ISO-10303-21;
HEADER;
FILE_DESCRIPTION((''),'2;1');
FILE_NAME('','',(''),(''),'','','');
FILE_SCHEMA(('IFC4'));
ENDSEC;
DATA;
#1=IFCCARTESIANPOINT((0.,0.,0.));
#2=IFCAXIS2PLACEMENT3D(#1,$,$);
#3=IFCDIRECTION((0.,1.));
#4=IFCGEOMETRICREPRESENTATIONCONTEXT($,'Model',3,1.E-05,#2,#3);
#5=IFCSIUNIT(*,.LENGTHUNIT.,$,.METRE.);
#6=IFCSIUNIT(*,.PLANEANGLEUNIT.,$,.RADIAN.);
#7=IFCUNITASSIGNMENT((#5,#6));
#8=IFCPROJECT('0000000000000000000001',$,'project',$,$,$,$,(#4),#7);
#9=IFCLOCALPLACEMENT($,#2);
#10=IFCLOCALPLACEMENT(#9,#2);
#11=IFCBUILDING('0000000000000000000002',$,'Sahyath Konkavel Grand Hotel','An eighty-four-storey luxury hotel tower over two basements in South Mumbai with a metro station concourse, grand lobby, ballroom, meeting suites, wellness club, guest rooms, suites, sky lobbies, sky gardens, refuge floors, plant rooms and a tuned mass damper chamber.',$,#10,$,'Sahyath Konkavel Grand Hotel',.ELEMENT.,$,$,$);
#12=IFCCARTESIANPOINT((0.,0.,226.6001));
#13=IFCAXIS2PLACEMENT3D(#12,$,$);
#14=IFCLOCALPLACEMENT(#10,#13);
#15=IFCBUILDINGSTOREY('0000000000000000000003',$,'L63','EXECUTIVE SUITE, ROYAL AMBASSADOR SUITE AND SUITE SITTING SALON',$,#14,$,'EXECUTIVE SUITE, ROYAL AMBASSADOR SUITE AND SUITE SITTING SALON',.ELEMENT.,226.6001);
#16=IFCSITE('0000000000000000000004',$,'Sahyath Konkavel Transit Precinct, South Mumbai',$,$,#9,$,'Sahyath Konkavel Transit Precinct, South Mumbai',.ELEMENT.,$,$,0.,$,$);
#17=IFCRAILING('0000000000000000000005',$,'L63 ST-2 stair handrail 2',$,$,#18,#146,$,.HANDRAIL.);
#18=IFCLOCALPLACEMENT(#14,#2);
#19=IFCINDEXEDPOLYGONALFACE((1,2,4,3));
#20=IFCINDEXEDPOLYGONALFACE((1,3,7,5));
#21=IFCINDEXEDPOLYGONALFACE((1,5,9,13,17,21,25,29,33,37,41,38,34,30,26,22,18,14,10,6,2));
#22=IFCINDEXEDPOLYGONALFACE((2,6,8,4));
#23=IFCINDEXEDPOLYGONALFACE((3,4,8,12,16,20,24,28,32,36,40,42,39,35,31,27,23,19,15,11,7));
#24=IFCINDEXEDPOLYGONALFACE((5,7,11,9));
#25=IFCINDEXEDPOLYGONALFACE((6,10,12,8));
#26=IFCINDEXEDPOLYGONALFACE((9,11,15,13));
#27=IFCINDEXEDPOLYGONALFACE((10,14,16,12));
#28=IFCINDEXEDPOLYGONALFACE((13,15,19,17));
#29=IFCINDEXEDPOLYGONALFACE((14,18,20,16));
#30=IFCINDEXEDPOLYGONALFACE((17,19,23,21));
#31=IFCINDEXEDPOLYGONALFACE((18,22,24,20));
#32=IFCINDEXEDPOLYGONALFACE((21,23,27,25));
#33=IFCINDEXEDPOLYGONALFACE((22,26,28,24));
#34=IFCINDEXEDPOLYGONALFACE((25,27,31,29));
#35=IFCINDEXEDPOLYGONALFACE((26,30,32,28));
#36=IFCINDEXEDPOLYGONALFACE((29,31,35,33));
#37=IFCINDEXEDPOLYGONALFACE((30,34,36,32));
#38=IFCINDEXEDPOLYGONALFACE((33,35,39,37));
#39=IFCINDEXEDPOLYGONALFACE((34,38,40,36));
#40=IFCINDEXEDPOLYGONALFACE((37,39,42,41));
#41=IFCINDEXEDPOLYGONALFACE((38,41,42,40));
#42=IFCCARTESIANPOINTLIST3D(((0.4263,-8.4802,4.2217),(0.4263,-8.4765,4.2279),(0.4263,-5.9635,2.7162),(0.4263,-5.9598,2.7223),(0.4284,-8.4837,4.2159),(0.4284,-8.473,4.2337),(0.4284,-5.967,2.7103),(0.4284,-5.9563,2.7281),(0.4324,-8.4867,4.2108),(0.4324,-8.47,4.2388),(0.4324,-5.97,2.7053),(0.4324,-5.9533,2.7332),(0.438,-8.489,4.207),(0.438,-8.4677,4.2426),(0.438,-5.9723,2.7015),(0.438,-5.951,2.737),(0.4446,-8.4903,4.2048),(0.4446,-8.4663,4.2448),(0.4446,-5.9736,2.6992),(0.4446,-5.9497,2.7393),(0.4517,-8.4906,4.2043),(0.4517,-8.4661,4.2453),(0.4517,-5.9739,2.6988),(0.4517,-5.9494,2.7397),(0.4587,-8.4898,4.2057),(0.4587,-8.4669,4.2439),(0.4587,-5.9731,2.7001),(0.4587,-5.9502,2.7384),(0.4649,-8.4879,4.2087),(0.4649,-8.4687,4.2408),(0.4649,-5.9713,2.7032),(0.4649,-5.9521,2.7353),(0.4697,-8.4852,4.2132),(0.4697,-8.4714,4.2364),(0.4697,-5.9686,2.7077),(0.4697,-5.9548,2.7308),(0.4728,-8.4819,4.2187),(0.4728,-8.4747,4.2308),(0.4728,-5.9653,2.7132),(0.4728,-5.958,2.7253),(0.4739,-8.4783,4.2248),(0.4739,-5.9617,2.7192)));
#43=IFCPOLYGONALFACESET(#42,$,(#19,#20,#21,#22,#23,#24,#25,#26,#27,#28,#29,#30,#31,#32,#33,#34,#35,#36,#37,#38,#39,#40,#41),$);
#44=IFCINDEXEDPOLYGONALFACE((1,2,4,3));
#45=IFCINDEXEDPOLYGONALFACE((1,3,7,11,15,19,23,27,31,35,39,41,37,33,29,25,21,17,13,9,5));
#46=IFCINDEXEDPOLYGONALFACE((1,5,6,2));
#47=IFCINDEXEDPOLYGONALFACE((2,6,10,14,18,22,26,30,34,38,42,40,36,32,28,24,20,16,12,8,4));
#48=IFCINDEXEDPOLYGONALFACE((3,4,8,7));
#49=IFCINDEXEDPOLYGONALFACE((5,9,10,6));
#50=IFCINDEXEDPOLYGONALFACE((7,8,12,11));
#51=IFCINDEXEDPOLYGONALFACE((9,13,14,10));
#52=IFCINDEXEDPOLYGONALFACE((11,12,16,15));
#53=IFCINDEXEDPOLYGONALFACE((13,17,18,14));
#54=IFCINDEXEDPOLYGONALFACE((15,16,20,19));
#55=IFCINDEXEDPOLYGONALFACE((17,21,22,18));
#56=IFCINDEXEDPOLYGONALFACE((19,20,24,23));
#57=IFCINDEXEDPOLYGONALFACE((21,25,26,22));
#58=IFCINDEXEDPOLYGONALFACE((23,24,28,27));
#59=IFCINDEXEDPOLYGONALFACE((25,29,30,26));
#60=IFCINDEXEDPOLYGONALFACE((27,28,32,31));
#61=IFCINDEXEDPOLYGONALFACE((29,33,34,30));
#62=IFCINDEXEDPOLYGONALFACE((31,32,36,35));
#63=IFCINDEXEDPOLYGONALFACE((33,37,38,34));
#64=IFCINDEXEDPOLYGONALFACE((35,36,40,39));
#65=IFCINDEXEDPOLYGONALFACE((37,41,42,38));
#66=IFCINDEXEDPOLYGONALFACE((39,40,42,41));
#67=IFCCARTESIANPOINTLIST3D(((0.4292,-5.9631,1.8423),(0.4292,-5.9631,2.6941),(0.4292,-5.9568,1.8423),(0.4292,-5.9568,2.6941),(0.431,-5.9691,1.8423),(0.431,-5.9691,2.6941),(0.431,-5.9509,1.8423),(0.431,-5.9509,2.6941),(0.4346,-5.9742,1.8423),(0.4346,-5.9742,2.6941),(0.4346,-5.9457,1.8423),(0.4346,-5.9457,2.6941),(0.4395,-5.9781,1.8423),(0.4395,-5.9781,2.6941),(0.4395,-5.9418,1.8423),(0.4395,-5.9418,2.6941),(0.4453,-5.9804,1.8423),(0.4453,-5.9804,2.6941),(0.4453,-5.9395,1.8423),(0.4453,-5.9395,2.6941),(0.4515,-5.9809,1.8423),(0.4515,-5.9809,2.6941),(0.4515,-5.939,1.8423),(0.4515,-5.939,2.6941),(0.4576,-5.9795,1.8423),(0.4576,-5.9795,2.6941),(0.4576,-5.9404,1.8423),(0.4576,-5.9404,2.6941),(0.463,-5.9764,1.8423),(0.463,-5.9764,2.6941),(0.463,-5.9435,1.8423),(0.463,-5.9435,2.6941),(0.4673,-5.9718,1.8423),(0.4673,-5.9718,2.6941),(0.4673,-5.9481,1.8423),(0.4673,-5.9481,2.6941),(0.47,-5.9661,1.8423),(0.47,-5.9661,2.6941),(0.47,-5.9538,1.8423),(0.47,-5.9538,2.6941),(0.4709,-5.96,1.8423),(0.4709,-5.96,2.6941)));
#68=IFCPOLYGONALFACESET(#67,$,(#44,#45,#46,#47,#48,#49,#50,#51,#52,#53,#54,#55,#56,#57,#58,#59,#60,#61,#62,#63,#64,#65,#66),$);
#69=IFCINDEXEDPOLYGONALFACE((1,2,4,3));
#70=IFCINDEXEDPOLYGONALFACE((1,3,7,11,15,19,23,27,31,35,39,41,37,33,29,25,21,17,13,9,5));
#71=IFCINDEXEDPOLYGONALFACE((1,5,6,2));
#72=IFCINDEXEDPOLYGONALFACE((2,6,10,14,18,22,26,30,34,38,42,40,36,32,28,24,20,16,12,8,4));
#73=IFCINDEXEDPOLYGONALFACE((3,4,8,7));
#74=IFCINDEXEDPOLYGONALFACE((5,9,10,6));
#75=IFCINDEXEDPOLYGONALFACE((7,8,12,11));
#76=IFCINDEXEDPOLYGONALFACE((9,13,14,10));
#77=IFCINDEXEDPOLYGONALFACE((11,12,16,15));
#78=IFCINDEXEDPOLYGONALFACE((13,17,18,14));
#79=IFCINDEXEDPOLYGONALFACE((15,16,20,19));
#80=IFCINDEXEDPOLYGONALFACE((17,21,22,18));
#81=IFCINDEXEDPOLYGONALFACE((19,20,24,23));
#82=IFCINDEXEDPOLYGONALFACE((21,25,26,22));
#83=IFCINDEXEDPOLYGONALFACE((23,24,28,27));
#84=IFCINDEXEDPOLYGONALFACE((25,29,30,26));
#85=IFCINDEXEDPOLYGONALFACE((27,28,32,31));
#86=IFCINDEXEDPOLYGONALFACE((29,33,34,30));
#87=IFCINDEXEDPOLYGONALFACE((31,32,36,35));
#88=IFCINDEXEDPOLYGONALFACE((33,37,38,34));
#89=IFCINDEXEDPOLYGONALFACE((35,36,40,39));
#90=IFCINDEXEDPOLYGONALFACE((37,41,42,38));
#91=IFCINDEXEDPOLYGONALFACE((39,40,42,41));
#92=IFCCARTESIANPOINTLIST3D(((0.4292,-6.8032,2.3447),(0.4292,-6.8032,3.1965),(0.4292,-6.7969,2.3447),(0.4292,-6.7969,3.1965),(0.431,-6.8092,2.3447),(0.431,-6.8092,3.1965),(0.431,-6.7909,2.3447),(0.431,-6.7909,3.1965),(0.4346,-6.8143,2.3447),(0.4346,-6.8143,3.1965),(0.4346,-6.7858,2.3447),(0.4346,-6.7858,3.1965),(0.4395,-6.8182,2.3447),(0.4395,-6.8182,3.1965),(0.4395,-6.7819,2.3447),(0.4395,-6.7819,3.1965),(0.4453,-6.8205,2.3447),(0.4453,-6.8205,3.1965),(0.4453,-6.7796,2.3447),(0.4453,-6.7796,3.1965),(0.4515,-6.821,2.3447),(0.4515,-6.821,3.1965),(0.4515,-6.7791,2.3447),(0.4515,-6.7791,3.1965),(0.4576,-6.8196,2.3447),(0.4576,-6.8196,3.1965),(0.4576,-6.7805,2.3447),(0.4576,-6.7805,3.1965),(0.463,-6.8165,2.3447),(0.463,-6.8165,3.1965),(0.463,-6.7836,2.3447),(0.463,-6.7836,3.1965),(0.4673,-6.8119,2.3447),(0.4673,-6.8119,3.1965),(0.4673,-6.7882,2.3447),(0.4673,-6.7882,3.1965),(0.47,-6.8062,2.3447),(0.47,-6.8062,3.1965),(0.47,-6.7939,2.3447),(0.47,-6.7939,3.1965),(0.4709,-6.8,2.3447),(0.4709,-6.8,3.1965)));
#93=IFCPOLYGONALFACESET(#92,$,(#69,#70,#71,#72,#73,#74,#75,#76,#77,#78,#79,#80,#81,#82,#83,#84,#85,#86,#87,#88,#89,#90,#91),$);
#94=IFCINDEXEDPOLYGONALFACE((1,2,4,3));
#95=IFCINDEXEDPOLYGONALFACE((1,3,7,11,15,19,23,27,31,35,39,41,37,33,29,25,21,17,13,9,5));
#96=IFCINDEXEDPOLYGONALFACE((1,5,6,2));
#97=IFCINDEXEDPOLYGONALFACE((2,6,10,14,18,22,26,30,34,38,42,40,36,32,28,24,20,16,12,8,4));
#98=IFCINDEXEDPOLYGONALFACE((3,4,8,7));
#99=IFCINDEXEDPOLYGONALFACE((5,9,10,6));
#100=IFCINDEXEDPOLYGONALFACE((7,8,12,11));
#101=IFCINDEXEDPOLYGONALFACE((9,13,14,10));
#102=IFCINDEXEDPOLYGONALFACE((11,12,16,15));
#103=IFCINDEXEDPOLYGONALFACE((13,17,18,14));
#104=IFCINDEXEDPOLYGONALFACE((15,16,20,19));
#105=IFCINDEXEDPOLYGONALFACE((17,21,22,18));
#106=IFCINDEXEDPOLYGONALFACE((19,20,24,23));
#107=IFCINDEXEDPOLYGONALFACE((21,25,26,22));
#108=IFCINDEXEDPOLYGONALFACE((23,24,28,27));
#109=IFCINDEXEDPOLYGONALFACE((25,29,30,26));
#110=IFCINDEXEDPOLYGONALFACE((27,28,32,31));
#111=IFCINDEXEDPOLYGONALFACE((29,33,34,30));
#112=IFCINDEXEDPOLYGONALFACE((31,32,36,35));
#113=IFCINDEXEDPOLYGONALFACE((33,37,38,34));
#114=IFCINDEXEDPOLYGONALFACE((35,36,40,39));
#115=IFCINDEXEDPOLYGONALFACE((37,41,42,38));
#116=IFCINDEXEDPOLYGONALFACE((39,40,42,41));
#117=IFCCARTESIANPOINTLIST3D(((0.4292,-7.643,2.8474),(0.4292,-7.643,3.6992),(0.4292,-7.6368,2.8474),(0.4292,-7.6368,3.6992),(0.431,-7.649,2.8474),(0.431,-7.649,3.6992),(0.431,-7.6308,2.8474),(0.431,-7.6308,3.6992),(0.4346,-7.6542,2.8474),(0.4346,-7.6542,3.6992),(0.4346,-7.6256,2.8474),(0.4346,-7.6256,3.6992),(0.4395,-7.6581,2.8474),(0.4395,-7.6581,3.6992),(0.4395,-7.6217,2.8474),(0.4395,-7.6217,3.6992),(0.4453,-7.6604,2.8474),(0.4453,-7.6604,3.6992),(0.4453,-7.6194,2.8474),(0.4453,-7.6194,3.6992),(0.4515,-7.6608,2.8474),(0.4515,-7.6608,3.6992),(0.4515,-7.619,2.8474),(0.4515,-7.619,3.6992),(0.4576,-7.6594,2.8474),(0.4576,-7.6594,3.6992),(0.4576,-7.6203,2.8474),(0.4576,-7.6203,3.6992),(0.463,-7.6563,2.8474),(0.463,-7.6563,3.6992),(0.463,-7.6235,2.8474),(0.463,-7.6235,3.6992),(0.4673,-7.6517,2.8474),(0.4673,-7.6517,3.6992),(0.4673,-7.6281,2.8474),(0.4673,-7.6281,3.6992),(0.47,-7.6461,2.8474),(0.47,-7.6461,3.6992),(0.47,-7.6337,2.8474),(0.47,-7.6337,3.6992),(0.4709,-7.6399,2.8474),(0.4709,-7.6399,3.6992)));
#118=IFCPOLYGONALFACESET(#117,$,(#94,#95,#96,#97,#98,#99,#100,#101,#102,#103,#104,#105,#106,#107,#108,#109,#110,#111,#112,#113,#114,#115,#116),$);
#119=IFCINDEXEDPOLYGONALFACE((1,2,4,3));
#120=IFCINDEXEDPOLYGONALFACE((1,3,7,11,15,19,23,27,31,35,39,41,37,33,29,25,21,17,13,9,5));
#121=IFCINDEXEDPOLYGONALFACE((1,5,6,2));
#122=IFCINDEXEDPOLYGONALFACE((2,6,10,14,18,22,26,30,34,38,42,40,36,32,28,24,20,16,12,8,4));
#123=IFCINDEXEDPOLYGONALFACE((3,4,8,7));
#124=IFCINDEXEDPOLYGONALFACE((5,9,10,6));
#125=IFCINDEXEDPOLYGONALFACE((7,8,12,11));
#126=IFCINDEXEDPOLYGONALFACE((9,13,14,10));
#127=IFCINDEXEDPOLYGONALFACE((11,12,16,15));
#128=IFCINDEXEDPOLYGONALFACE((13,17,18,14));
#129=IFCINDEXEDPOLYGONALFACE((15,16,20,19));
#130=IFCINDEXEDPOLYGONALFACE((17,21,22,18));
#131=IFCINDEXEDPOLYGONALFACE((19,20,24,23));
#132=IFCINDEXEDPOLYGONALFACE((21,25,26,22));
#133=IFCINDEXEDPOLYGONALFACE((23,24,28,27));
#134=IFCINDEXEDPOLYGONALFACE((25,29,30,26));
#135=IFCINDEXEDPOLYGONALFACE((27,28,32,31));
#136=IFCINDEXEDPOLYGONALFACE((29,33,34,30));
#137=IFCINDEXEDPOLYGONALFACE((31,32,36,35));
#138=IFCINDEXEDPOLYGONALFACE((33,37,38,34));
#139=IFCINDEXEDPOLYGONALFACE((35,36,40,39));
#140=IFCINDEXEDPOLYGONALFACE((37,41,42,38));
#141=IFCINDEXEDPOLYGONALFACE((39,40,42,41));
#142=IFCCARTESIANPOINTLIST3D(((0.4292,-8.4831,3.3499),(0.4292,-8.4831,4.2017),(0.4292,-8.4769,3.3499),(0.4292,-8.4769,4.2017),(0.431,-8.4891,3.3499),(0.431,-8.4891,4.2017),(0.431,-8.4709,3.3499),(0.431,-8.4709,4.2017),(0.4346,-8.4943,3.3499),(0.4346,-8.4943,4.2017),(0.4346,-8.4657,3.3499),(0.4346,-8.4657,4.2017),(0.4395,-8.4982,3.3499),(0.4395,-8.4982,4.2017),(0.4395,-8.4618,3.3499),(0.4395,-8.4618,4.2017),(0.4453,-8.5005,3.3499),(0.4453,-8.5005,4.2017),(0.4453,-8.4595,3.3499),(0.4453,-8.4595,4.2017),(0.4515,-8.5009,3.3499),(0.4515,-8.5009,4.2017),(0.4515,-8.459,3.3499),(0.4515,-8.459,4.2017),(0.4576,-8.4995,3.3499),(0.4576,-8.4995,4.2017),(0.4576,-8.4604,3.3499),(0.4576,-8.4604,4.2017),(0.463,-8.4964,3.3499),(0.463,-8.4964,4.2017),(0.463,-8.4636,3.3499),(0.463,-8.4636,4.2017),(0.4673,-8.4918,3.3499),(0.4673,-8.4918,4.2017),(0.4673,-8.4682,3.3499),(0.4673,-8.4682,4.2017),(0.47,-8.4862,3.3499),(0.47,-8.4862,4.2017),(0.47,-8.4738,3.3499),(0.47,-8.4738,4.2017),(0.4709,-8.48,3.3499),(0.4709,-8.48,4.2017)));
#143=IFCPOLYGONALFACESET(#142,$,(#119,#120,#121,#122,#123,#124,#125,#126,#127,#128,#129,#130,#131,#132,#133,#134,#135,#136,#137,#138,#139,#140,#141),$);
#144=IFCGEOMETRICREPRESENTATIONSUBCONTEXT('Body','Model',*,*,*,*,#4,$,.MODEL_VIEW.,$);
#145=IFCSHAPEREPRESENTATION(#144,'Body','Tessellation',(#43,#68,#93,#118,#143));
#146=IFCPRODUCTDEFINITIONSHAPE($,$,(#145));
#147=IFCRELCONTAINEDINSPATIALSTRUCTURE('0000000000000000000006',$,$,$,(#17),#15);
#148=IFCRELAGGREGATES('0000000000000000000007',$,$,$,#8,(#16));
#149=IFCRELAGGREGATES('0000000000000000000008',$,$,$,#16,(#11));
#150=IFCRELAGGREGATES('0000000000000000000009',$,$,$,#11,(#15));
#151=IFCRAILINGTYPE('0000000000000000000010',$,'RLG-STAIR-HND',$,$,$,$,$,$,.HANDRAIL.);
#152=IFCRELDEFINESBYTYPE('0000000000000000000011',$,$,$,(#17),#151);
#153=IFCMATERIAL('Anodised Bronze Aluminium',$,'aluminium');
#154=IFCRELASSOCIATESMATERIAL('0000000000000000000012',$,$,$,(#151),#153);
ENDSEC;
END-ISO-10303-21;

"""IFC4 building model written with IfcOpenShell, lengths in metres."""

from ifc_helpers import new_model, si_unit, direction, frame, origin, origin_2d, place, context, subcontext, project, spatial, circle, extrude, material, type_object, element, save


model = new_model("IFC4")

# Units and contexts
model_context = context("Model", 3, precision=1e-05, world=origin(), true_north=direction((0.0, 1.0)))
body_context = subcontext(model_context, "Body", "Model", "MODEL_VIEW")
ifc_project = project(units=[si_unit("LENGTHUNIT", "METRE"), si_unit("PLANEANGLEUNIT", "RADIAN")], contexts=[model_context])

# Site, building, storey
site_placement = place(None, origin())
site = spatial("IfcSite", under=ifc_project, at=site_placement, Name="Sahyath Konkavel Transit Precinct, South Mumbai", LongName="Sahyath Konkavel Transit Precinct, South Mumbai", CompositionType="ELEMENT", RefElevation=0.0)
building_placement = place(site_placement, origin())
building = spatial("IfcBuilding", under=site, at=building_placement, Name="Sahyath Konkavel Grand Hotel", Description="An eighty-four-storey luxury hotel tower over two basements in South Mumbai with a metro station concourse, grand lobby, ballroom, meeting suites, wellness club, guest rooms, suites, sky lobbies, sky gardens, refuge floors, plant rooms and a tuned mass damper chamber.", LongName="Sahyath Konkavel Grand Hotel", CompositionType="ELEMENT")
storey_placement = place(building_placement, frame((0.0, 0.0, 226.6001)))
storey = spatial("IfcBuildingStorey", under=building, at=storey_placement, Name="L63", Description="EXECUTIVE SUITE, ROYAL AMBASSADOR SUITE AND SUITE SITTING SALON", LongName="EXECUTIVE SUITE, ROYAL AMBASSADOR SUITE AND SUITE SITTING SALON", CompositionType="ELEMENT", Elevation=226.6001)

# Shared definitions
ifc_material_1 = material(Name="Anodised Bronze Aluminium", Category="aluminium")

# Railing
railing_type_1 = type_object("IfcRailingType", Name="RLG-STAIR-HND", PredefinedType="HANDRAIL", material=ifc_material_1)
railing_1_placement = place(storey_placement, frame((0.45, -5.96, 1.8423)))
element("IfcRailing", 1, at=railing_1_placement, inside=storey, type_object=railing_type_1, Name="L63 ST-2 stair handrail 2", PredefinedType="HANDRAIL", context=body_context, shape_type="SweptSolid", body=[
    extrude(circle(Radius=0.0239, at=origin_2d()), frame((0.0, -0.0017, 0.877), z_axis=(0.0, -0.85816, 0.513383), x_axis=(1.0, 0.0, 0.0)), (0.0, 0.0, 1.0), 2.9326),
    extrude(circle(Radius=0.021, at=origin_2d()), origin(), (0.0, 0.0, 1.0), 0.8518),
    extrude(circle(Radius=0.021, at=origin_2d()), frame((0.0, -0.8401, 0.5024)), (0.0, 0.0, 1.0), 0.8518),
    extrude(circle(Radius=0.021, at=origin_2d()), frame((0.0, -1.6799, 1.0051)), (0.0, 0.0, 1.0), 0.8518),
    extrude(circle(Radius=0.021, at=origin_2d()), frame((0.0, -2.52, 1.5076)), (0.0, 0.0, 1.0), 0.8518),
])

save(model, "model.ifc")
